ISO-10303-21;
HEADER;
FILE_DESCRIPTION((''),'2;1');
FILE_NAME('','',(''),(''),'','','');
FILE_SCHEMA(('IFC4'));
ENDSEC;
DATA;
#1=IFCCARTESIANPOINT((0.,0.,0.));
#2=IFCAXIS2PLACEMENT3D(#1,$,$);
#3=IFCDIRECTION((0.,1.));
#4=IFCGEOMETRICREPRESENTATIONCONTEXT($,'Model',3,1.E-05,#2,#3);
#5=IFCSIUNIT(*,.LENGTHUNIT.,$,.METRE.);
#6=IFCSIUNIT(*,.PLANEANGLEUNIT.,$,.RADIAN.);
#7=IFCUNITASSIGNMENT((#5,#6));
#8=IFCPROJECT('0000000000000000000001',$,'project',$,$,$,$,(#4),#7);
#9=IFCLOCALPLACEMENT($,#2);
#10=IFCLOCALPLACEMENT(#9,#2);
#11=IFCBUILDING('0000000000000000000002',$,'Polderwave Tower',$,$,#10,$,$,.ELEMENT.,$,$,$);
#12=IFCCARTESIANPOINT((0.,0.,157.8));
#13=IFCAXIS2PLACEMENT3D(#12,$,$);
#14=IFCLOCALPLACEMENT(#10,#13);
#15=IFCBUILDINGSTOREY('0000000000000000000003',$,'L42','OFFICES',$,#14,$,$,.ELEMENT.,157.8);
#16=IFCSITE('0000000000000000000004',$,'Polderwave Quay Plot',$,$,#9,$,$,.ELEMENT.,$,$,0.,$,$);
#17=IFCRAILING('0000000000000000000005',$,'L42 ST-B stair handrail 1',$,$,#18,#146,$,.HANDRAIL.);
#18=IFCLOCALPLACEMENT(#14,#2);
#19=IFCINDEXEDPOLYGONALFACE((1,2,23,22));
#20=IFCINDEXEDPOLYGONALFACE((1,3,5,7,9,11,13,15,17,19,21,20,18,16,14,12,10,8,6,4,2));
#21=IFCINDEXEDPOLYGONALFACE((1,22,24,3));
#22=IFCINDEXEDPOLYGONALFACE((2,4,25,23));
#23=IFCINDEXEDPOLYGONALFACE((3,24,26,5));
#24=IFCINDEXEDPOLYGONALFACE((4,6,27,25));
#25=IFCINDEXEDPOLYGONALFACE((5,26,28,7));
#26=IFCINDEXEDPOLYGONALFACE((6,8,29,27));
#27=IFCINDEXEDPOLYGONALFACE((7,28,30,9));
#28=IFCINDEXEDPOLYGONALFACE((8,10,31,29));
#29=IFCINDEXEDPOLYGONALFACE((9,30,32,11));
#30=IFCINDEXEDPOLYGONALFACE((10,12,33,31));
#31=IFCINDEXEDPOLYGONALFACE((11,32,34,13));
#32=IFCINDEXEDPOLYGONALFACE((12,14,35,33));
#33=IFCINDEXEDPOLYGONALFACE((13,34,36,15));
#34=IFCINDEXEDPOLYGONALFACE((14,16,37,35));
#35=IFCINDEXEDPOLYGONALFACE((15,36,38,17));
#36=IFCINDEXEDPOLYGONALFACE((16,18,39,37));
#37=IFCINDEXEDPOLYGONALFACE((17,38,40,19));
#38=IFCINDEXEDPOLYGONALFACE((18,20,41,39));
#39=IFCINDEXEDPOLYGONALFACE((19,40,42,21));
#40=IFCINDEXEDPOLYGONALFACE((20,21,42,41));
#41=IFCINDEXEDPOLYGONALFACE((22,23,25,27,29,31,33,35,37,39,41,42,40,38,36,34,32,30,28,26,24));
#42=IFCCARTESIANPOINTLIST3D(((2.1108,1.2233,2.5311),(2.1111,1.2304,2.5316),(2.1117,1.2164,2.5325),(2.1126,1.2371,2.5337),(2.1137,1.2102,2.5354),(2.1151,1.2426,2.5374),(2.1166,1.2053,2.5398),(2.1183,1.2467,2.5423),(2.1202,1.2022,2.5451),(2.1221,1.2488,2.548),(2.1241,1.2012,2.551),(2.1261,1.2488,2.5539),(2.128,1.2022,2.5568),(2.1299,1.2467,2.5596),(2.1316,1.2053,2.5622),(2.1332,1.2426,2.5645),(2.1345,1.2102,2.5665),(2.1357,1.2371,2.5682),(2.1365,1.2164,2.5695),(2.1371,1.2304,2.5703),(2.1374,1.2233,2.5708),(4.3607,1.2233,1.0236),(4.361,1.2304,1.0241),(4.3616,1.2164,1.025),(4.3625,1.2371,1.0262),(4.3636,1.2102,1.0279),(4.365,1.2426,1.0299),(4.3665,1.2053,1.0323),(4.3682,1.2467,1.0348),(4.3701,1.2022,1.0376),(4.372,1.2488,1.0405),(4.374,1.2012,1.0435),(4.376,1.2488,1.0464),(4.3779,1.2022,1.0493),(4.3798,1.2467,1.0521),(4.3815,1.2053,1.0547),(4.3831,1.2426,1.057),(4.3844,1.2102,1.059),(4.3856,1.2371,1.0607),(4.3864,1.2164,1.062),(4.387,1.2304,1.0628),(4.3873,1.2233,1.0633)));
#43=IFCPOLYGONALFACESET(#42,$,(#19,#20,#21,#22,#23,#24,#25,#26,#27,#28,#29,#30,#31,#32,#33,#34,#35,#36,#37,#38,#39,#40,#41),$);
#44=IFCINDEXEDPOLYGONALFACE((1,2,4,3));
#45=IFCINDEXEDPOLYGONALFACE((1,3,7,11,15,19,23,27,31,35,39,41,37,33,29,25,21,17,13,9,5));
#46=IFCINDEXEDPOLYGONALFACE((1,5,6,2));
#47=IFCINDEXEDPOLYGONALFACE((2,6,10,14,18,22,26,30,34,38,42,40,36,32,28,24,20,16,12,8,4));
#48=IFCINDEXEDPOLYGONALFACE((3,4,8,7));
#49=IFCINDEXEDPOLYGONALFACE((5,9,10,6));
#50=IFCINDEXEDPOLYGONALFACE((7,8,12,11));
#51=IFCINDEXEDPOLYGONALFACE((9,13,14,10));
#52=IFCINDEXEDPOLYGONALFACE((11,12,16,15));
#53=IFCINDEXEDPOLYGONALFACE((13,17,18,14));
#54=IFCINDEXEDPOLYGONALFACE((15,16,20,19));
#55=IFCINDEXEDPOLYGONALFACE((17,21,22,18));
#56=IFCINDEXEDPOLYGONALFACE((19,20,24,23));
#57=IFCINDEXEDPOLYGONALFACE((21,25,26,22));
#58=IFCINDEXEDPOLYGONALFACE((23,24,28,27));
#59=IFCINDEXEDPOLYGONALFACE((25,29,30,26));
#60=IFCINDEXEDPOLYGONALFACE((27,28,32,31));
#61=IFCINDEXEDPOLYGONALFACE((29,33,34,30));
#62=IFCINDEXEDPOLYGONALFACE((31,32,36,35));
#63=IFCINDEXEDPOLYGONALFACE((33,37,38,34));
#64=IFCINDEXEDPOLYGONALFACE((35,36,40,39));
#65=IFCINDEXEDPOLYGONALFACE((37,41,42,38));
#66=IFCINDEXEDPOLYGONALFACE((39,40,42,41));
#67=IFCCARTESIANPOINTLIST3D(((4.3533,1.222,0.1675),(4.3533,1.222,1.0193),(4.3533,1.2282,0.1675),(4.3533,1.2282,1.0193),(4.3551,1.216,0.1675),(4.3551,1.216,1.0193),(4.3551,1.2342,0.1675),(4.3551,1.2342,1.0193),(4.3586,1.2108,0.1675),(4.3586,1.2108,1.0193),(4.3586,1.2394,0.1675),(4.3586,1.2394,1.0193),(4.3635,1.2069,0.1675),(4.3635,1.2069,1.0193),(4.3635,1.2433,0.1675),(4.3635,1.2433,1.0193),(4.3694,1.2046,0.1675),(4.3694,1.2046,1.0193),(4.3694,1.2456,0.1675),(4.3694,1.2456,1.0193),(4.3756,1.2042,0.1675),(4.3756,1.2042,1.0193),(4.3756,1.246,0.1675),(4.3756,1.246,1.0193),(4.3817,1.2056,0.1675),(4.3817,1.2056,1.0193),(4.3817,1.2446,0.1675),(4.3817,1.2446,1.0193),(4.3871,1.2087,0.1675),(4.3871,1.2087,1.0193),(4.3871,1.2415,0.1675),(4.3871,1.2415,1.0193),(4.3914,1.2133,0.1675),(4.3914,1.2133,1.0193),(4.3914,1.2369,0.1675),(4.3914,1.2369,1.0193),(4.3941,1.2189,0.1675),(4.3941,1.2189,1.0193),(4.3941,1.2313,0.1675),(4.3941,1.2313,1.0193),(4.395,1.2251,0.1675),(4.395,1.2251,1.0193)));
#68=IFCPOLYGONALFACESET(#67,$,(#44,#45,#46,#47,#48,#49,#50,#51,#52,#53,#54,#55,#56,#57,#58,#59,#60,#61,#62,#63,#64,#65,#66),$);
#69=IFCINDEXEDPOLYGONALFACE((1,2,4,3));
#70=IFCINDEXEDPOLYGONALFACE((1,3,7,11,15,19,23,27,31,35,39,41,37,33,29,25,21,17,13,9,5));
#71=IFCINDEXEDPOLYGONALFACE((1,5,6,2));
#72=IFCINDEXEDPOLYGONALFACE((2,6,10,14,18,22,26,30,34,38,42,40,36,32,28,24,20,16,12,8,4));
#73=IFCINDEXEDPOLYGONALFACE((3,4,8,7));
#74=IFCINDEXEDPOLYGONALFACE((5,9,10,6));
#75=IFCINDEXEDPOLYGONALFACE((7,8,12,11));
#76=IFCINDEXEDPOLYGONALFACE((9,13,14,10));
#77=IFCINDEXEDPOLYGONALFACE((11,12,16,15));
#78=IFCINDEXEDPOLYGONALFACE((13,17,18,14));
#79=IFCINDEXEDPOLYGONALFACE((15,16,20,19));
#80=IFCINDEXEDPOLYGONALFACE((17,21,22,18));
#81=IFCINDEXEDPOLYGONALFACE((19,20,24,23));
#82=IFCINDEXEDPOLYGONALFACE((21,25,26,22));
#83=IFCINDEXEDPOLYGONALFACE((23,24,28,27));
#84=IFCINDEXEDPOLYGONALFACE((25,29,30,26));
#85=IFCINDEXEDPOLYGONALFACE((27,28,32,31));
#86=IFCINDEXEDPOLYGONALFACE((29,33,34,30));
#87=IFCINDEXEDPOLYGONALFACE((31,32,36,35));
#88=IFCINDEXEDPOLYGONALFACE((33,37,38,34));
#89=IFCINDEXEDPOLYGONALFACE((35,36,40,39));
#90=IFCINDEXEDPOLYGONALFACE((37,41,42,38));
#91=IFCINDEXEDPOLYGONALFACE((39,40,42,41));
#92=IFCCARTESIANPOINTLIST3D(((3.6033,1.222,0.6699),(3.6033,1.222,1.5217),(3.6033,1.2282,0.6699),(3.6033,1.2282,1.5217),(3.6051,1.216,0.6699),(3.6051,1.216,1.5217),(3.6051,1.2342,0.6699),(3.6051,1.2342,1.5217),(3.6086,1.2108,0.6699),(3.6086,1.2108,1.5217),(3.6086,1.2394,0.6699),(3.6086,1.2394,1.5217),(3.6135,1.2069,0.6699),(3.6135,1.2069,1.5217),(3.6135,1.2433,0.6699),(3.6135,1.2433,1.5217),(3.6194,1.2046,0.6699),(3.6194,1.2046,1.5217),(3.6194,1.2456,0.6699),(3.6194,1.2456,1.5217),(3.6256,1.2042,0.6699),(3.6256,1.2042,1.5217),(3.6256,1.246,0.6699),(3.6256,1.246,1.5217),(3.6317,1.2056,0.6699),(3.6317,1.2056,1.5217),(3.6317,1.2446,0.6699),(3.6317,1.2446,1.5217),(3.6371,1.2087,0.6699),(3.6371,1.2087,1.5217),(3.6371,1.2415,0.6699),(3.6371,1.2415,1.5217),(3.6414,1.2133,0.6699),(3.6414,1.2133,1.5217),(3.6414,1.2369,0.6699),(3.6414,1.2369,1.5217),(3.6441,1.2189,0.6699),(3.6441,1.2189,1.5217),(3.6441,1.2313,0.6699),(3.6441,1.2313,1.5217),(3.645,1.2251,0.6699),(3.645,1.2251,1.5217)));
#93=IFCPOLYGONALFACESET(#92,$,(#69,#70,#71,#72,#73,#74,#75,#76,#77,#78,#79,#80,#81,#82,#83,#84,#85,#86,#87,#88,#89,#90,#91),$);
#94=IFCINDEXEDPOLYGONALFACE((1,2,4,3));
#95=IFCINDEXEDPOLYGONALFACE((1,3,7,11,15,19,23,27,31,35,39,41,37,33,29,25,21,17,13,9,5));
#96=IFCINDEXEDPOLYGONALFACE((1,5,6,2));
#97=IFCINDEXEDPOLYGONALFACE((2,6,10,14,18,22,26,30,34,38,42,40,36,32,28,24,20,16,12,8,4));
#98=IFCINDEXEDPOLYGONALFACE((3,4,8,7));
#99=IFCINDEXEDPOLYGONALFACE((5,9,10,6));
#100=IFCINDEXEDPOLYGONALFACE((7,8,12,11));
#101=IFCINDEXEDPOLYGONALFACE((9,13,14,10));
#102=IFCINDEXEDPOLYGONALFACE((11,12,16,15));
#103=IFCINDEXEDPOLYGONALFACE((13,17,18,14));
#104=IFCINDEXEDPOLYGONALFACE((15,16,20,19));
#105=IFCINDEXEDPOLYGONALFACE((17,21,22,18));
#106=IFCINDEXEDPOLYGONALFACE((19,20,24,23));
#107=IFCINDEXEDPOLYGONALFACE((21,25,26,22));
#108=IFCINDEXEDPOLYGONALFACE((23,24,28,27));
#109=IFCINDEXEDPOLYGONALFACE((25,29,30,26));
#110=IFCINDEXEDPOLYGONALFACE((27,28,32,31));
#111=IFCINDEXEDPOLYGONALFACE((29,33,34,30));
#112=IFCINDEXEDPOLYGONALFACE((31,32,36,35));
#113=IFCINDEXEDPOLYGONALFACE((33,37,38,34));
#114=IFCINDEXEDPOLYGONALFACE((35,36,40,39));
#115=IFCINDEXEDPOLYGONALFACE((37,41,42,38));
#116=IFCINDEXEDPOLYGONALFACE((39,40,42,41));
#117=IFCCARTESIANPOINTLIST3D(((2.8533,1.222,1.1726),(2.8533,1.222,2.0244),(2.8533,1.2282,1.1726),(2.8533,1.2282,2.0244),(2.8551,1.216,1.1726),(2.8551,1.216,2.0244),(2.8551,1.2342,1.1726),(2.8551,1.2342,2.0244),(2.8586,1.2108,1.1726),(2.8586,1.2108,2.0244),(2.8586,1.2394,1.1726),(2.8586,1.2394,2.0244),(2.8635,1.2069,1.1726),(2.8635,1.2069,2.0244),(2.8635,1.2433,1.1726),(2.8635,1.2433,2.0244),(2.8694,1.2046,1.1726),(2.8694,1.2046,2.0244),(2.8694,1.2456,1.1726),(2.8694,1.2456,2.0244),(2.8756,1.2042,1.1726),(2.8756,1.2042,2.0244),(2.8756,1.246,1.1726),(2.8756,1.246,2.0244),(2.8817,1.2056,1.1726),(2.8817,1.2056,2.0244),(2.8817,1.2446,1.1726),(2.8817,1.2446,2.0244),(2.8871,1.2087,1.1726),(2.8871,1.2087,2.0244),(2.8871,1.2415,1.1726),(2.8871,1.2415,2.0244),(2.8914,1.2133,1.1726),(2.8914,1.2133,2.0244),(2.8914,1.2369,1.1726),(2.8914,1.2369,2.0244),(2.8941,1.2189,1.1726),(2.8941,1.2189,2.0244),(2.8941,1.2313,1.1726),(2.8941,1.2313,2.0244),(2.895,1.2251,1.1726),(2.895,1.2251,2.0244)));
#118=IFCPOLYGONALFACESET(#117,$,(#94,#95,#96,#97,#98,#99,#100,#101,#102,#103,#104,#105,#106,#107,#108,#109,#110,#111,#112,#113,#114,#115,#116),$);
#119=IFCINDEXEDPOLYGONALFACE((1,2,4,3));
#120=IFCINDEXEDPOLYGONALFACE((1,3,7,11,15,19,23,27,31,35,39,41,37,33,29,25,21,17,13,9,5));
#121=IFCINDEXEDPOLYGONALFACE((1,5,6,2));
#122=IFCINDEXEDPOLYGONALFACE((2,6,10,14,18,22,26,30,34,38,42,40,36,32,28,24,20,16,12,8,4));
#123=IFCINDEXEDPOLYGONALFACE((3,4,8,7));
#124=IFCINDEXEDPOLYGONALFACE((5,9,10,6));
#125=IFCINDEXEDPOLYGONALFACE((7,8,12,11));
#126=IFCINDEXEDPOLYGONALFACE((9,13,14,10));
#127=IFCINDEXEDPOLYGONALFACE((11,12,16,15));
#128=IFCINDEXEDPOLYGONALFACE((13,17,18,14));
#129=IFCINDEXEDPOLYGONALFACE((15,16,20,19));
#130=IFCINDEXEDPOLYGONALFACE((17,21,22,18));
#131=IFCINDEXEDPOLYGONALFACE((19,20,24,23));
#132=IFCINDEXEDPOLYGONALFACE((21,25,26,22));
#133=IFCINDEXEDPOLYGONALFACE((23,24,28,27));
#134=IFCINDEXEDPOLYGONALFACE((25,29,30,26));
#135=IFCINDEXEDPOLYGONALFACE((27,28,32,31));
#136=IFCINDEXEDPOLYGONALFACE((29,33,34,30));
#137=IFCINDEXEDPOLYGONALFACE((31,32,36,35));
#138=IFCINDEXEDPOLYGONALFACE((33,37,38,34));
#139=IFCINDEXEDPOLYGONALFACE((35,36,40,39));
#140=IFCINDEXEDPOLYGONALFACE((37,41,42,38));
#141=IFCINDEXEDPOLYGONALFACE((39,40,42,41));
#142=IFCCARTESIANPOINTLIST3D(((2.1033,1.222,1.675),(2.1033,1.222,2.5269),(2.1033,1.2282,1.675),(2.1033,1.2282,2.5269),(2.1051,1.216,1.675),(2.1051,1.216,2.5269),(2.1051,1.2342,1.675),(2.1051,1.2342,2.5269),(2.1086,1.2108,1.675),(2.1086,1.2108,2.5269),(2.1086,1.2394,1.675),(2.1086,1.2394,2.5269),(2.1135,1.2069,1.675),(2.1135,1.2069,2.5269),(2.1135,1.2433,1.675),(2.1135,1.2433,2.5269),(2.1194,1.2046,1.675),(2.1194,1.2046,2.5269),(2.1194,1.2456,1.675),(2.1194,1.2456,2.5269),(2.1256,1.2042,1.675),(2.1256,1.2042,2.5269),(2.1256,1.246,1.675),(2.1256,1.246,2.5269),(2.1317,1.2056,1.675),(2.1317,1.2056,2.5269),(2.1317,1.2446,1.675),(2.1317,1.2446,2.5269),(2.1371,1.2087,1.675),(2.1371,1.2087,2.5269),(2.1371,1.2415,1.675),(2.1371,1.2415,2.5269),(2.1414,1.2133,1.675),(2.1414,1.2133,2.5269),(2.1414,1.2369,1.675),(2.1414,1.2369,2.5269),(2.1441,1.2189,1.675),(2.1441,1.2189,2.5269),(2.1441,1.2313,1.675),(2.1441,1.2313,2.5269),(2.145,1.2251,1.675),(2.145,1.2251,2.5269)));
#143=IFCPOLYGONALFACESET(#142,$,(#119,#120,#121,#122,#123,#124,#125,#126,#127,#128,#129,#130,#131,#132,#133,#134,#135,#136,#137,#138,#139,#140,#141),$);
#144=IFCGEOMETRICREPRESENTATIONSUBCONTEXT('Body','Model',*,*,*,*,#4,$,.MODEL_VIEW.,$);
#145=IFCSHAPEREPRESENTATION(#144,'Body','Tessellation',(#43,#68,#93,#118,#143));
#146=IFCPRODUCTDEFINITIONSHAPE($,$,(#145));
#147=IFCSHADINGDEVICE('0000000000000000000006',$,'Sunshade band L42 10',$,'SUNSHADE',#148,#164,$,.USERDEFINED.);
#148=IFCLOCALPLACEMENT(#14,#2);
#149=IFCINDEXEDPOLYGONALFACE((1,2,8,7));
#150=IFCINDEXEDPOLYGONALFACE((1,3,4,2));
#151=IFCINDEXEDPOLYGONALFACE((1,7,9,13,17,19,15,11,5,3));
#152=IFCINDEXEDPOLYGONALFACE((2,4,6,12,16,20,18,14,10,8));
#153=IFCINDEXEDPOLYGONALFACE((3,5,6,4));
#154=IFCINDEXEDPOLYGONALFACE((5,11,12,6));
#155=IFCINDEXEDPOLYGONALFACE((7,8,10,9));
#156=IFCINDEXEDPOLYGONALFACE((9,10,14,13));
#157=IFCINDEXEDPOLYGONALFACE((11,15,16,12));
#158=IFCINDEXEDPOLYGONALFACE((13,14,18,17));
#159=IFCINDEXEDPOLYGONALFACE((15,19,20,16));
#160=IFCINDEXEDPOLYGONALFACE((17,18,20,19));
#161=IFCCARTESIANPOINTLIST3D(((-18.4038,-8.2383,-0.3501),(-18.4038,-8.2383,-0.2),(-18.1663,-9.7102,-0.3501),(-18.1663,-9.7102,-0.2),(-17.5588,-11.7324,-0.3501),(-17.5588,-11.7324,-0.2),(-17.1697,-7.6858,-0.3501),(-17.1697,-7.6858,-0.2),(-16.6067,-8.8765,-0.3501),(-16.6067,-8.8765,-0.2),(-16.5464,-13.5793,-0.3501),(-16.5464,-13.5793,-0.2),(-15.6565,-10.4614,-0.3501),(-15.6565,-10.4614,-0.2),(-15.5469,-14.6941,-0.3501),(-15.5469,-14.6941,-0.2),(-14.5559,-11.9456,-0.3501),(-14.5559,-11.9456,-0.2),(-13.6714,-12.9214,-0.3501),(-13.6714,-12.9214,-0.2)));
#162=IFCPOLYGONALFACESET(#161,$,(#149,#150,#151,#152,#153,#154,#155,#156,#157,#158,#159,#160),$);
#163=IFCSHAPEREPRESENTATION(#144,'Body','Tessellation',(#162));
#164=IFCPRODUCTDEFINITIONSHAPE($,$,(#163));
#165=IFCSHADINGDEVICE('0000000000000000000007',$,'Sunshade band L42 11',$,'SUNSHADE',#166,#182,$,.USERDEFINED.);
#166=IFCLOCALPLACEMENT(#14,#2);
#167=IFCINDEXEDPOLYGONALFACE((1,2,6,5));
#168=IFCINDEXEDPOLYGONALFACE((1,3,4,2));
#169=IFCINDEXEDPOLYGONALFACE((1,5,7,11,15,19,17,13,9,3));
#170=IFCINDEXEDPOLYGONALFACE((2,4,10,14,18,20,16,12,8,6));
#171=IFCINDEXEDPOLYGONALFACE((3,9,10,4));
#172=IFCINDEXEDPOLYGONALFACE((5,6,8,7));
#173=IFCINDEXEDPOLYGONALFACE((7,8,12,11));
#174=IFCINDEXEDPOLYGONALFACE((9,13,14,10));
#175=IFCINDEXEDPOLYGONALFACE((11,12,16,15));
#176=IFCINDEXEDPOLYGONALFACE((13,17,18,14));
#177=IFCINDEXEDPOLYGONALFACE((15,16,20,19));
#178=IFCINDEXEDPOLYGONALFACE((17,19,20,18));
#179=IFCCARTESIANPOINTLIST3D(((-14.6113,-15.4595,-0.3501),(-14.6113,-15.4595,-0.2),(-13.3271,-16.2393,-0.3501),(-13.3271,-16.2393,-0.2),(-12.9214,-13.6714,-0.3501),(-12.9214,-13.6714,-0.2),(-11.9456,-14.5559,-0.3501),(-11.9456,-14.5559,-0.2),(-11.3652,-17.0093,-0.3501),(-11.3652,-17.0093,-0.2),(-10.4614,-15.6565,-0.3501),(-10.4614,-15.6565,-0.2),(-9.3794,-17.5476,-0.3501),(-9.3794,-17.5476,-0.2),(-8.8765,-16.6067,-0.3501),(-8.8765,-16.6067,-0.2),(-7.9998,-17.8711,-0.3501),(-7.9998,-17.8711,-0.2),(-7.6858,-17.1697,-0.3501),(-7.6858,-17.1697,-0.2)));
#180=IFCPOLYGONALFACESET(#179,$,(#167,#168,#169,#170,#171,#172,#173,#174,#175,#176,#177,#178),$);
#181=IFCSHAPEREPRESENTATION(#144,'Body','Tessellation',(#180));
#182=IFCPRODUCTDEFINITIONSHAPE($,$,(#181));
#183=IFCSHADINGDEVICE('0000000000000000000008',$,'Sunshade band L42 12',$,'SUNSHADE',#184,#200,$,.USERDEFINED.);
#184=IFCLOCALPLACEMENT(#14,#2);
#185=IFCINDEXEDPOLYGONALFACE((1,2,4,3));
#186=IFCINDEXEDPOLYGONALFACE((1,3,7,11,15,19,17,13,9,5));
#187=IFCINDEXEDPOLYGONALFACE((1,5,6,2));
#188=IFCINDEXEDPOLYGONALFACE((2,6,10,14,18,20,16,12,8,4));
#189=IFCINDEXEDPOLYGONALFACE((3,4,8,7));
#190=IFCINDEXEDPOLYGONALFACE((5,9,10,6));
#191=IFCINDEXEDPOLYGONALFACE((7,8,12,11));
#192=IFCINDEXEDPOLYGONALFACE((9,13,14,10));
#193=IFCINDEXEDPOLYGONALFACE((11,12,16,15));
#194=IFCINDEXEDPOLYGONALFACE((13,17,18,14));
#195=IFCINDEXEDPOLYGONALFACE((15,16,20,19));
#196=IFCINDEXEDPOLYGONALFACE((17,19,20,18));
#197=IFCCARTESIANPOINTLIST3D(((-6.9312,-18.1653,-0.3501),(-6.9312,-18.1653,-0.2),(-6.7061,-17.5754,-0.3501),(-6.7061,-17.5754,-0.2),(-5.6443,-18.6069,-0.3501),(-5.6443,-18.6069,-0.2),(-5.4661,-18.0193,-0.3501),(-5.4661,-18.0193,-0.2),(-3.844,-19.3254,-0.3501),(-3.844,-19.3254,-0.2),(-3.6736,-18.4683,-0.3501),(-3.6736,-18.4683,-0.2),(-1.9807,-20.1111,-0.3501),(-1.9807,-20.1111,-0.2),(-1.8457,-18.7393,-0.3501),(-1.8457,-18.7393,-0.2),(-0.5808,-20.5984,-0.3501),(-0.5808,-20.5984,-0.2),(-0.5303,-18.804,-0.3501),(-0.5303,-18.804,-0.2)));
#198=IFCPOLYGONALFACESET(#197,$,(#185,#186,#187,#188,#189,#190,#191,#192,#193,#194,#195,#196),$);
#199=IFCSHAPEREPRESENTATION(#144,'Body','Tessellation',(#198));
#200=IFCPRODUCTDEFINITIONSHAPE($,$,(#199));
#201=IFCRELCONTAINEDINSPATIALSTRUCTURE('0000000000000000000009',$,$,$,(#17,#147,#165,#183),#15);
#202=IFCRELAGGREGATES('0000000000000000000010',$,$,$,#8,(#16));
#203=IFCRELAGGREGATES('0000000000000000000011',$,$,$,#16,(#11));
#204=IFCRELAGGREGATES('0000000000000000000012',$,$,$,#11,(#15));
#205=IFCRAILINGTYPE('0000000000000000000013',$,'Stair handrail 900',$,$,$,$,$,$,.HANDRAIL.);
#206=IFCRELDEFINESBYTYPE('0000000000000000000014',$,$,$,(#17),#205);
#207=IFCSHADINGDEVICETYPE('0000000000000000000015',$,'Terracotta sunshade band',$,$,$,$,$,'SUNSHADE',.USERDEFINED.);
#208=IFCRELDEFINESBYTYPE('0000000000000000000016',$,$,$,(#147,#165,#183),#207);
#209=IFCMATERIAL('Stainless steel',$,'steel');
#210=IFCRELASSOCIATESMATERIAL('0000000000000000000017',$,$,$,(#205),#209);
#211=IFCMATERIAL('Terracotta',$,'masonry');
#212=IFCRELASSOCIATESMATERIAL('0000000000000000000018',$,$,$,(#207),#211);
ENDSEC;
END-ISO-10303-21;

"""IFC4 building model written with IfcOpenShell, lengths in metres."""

from ifc_helpers import new_model, si_unit, direction, frame, origin, origin_2d, place, context, subcontext, project, spatial, polyline, circle, outline, extrude, material, type_object, element, save


model = new_model("IFC4")

# Units and contexts
model_context = context("Model", 3, precision=1e-05, world=origin(), true_north=direction((0.0, 1.0)))
body_context = subcontext(model_context, "Body", "Model", "MODEL_VIEW")
ifc_project = project(units=[si_unit("LENGTHUNIT", "METRE"), si_unit("PLANEANGLEUNIT", "RADIAN")], contexts=[model_context])

# Site, building, storey
site_placement = place(None, origin())
site = spatial("IfcSite", under=ifc_project, at=site_placement, Name="Polderwave Quay Plot", CompositionType="ELEMENT", RefElevation=0.0)
building_placement = place(site_placement, origin())
building = spatial("IfcBuilding", under=site, at=building_placement, Name="Polderwave Tower", CompositionType="ELEMENT")
storey_placement = place(building_placement, frame((0.0, 0.0, 157.8)))
storey = spatial("IfcBuildingStorey", under=building, at=storey_placement, Name="L42", Description="OFFICES", CompositionType="ELEMENT", Elevation=157.8)

# Railing
ifc_material_1 = material(Name="Stainless steel", Category="steel")
railing_type_1 = type_object("IfcRailingType", Name="Stair handrail 900", PredefinedType="HANDRAIL", material=ifc_material_1)
railing_1_placement = place(storey_placement, frame((4.374, 1.2251, 0.1675)))
element("IfcRailing", 1, at=railing_1_placement, inside=storey, type_object=railing_type_1, Name="L42 ST-B stair handrail 1", PredefinedType="HANDRAIL", context=body_context, shape_type="SweptSolid", body=[
    extrude(circle(Radius=0.0239, at=origin_2d()), frame((0.0, 0.0, 0.876), z_axis=(-0.830758, 0.0, 0.556633), x_axis=(0.0, -1.0, 0.0)), (0.0, 0.0, 1.0), 2.7083),
    extrude(circle(Radius=0.021, at=origin_2d()), origin(), (0.0, 0.0, 1.0), 0.8518),
    extrude(circle(Radius=0.021, at=origin_2d()), frame((-0.75, 0.0, 0.5024)), (0.0, 0.0, 1.0), 0.8518),
    extrude(circle(Radius=0.021, at=origin_2d()), frame((-1.5, 0.0, 1.0051)), (0.0, 0.0, 1.0), 0.8518),
    extrude(circle(Radius=0.021, at=origin_2d()), frame((-2.25, 0.0, 1.5076)), (0.0, 0.0, 1.0), 0.8518),
])

# Shading devices
ifc_material_2 = material(Name="Terracotta", Category="masonry")
shading_device_type = type_object("IfcShadingDeviceType", Name="Terracotta sunshade band", ElementType="SUNSHADE", PredefinedType="USERDEFINED", material=ifc_material_2)
shading_device_1_placement = place(storey_placement, frame((0.0, 0.0, -0.3501)))
element("IfcShadingDevice", 2, at=shading_device_1_placement, inside=storey, type_object=shading_device_type, Name="Sunshade band L42 10", ObjectType="SUNSHADE", PredefinedType="USERDEFINED", context=body_context, shape_type="SweptSolid", body=[
    extrude(outline(polyline([(-17.1697, -7.6858), (-16.6067, -8.8765), (-15.6565, -10.4614), (-14.5559, -11.9456), (-13.6714, -12.9214), (-15.5469, -14.6941), (-16.5464, -13.5793), (-17.5588, -11.7324), (-18.1663, -9.7102), (-18.4038, -8.2383), (-17.1697, -7.6858)])), origin(), (0.0, 0.0, 1.0), 0.1501),
])
shading_device_2_placement = place(storey_placement, frame((0.0, 0.0, -0.3501)))
element("IfcShadingDevice", 3, at=shading_device_2_placement, inside=storey, type_object=shading_device_type, Name="Sunshade band L42 11", ObjectType="SUNSHADE", PredefinedType="USERDEFINED", context=body_context, shape_type="SweptSolid", body=[
    extrude(outline(polyline([(-12.9214, -13.6714), (-11.9456, -14.5559), (-10.4614, -15.6565), (-8.8765, -16.6067), (-7.6858, -17.1697), (-7.9998, -17.8711), (-9.3794, -17.5476), (-11.3652, -17.0093), (-13.3271, -16.2393), (-14.6113, -15.4595), (-12.9214, -13.6714)])), origin(), (0.0, 0.0, 1.0), 0.1501),
])
shading_device_3_placement = place(storey_placement, frame((0.0, 0.0, -0.3501)))
element("IfcShadingDevice", 4, at=shading_device_3_placement, inside=storey, type_object=shading_device_type, Name="Sunshade band L42 12", ObjectType="SUNSHADE", PredefinedType="USERDEFINED", context=body_context, shape_type="SweptSolid", body=[
    extrude(outline(polyline([(-6.7061, -17.5754), (-5.4661, -18.0193), (-3.6736, -18.4683), (-1.8457, -18.7393), (-0.5303, -18.804), (-0.5808, -20.5984), (-1.9807, -20.1111), (-3.844, -19.3254), (-5.6443, -18.6069), (-6.9312, -18.1653), (-6.7061, -17.5754)])), origin(), (0.0, 0.0, 1.0), 0.1501),
])

save(model, "model.ifc")
